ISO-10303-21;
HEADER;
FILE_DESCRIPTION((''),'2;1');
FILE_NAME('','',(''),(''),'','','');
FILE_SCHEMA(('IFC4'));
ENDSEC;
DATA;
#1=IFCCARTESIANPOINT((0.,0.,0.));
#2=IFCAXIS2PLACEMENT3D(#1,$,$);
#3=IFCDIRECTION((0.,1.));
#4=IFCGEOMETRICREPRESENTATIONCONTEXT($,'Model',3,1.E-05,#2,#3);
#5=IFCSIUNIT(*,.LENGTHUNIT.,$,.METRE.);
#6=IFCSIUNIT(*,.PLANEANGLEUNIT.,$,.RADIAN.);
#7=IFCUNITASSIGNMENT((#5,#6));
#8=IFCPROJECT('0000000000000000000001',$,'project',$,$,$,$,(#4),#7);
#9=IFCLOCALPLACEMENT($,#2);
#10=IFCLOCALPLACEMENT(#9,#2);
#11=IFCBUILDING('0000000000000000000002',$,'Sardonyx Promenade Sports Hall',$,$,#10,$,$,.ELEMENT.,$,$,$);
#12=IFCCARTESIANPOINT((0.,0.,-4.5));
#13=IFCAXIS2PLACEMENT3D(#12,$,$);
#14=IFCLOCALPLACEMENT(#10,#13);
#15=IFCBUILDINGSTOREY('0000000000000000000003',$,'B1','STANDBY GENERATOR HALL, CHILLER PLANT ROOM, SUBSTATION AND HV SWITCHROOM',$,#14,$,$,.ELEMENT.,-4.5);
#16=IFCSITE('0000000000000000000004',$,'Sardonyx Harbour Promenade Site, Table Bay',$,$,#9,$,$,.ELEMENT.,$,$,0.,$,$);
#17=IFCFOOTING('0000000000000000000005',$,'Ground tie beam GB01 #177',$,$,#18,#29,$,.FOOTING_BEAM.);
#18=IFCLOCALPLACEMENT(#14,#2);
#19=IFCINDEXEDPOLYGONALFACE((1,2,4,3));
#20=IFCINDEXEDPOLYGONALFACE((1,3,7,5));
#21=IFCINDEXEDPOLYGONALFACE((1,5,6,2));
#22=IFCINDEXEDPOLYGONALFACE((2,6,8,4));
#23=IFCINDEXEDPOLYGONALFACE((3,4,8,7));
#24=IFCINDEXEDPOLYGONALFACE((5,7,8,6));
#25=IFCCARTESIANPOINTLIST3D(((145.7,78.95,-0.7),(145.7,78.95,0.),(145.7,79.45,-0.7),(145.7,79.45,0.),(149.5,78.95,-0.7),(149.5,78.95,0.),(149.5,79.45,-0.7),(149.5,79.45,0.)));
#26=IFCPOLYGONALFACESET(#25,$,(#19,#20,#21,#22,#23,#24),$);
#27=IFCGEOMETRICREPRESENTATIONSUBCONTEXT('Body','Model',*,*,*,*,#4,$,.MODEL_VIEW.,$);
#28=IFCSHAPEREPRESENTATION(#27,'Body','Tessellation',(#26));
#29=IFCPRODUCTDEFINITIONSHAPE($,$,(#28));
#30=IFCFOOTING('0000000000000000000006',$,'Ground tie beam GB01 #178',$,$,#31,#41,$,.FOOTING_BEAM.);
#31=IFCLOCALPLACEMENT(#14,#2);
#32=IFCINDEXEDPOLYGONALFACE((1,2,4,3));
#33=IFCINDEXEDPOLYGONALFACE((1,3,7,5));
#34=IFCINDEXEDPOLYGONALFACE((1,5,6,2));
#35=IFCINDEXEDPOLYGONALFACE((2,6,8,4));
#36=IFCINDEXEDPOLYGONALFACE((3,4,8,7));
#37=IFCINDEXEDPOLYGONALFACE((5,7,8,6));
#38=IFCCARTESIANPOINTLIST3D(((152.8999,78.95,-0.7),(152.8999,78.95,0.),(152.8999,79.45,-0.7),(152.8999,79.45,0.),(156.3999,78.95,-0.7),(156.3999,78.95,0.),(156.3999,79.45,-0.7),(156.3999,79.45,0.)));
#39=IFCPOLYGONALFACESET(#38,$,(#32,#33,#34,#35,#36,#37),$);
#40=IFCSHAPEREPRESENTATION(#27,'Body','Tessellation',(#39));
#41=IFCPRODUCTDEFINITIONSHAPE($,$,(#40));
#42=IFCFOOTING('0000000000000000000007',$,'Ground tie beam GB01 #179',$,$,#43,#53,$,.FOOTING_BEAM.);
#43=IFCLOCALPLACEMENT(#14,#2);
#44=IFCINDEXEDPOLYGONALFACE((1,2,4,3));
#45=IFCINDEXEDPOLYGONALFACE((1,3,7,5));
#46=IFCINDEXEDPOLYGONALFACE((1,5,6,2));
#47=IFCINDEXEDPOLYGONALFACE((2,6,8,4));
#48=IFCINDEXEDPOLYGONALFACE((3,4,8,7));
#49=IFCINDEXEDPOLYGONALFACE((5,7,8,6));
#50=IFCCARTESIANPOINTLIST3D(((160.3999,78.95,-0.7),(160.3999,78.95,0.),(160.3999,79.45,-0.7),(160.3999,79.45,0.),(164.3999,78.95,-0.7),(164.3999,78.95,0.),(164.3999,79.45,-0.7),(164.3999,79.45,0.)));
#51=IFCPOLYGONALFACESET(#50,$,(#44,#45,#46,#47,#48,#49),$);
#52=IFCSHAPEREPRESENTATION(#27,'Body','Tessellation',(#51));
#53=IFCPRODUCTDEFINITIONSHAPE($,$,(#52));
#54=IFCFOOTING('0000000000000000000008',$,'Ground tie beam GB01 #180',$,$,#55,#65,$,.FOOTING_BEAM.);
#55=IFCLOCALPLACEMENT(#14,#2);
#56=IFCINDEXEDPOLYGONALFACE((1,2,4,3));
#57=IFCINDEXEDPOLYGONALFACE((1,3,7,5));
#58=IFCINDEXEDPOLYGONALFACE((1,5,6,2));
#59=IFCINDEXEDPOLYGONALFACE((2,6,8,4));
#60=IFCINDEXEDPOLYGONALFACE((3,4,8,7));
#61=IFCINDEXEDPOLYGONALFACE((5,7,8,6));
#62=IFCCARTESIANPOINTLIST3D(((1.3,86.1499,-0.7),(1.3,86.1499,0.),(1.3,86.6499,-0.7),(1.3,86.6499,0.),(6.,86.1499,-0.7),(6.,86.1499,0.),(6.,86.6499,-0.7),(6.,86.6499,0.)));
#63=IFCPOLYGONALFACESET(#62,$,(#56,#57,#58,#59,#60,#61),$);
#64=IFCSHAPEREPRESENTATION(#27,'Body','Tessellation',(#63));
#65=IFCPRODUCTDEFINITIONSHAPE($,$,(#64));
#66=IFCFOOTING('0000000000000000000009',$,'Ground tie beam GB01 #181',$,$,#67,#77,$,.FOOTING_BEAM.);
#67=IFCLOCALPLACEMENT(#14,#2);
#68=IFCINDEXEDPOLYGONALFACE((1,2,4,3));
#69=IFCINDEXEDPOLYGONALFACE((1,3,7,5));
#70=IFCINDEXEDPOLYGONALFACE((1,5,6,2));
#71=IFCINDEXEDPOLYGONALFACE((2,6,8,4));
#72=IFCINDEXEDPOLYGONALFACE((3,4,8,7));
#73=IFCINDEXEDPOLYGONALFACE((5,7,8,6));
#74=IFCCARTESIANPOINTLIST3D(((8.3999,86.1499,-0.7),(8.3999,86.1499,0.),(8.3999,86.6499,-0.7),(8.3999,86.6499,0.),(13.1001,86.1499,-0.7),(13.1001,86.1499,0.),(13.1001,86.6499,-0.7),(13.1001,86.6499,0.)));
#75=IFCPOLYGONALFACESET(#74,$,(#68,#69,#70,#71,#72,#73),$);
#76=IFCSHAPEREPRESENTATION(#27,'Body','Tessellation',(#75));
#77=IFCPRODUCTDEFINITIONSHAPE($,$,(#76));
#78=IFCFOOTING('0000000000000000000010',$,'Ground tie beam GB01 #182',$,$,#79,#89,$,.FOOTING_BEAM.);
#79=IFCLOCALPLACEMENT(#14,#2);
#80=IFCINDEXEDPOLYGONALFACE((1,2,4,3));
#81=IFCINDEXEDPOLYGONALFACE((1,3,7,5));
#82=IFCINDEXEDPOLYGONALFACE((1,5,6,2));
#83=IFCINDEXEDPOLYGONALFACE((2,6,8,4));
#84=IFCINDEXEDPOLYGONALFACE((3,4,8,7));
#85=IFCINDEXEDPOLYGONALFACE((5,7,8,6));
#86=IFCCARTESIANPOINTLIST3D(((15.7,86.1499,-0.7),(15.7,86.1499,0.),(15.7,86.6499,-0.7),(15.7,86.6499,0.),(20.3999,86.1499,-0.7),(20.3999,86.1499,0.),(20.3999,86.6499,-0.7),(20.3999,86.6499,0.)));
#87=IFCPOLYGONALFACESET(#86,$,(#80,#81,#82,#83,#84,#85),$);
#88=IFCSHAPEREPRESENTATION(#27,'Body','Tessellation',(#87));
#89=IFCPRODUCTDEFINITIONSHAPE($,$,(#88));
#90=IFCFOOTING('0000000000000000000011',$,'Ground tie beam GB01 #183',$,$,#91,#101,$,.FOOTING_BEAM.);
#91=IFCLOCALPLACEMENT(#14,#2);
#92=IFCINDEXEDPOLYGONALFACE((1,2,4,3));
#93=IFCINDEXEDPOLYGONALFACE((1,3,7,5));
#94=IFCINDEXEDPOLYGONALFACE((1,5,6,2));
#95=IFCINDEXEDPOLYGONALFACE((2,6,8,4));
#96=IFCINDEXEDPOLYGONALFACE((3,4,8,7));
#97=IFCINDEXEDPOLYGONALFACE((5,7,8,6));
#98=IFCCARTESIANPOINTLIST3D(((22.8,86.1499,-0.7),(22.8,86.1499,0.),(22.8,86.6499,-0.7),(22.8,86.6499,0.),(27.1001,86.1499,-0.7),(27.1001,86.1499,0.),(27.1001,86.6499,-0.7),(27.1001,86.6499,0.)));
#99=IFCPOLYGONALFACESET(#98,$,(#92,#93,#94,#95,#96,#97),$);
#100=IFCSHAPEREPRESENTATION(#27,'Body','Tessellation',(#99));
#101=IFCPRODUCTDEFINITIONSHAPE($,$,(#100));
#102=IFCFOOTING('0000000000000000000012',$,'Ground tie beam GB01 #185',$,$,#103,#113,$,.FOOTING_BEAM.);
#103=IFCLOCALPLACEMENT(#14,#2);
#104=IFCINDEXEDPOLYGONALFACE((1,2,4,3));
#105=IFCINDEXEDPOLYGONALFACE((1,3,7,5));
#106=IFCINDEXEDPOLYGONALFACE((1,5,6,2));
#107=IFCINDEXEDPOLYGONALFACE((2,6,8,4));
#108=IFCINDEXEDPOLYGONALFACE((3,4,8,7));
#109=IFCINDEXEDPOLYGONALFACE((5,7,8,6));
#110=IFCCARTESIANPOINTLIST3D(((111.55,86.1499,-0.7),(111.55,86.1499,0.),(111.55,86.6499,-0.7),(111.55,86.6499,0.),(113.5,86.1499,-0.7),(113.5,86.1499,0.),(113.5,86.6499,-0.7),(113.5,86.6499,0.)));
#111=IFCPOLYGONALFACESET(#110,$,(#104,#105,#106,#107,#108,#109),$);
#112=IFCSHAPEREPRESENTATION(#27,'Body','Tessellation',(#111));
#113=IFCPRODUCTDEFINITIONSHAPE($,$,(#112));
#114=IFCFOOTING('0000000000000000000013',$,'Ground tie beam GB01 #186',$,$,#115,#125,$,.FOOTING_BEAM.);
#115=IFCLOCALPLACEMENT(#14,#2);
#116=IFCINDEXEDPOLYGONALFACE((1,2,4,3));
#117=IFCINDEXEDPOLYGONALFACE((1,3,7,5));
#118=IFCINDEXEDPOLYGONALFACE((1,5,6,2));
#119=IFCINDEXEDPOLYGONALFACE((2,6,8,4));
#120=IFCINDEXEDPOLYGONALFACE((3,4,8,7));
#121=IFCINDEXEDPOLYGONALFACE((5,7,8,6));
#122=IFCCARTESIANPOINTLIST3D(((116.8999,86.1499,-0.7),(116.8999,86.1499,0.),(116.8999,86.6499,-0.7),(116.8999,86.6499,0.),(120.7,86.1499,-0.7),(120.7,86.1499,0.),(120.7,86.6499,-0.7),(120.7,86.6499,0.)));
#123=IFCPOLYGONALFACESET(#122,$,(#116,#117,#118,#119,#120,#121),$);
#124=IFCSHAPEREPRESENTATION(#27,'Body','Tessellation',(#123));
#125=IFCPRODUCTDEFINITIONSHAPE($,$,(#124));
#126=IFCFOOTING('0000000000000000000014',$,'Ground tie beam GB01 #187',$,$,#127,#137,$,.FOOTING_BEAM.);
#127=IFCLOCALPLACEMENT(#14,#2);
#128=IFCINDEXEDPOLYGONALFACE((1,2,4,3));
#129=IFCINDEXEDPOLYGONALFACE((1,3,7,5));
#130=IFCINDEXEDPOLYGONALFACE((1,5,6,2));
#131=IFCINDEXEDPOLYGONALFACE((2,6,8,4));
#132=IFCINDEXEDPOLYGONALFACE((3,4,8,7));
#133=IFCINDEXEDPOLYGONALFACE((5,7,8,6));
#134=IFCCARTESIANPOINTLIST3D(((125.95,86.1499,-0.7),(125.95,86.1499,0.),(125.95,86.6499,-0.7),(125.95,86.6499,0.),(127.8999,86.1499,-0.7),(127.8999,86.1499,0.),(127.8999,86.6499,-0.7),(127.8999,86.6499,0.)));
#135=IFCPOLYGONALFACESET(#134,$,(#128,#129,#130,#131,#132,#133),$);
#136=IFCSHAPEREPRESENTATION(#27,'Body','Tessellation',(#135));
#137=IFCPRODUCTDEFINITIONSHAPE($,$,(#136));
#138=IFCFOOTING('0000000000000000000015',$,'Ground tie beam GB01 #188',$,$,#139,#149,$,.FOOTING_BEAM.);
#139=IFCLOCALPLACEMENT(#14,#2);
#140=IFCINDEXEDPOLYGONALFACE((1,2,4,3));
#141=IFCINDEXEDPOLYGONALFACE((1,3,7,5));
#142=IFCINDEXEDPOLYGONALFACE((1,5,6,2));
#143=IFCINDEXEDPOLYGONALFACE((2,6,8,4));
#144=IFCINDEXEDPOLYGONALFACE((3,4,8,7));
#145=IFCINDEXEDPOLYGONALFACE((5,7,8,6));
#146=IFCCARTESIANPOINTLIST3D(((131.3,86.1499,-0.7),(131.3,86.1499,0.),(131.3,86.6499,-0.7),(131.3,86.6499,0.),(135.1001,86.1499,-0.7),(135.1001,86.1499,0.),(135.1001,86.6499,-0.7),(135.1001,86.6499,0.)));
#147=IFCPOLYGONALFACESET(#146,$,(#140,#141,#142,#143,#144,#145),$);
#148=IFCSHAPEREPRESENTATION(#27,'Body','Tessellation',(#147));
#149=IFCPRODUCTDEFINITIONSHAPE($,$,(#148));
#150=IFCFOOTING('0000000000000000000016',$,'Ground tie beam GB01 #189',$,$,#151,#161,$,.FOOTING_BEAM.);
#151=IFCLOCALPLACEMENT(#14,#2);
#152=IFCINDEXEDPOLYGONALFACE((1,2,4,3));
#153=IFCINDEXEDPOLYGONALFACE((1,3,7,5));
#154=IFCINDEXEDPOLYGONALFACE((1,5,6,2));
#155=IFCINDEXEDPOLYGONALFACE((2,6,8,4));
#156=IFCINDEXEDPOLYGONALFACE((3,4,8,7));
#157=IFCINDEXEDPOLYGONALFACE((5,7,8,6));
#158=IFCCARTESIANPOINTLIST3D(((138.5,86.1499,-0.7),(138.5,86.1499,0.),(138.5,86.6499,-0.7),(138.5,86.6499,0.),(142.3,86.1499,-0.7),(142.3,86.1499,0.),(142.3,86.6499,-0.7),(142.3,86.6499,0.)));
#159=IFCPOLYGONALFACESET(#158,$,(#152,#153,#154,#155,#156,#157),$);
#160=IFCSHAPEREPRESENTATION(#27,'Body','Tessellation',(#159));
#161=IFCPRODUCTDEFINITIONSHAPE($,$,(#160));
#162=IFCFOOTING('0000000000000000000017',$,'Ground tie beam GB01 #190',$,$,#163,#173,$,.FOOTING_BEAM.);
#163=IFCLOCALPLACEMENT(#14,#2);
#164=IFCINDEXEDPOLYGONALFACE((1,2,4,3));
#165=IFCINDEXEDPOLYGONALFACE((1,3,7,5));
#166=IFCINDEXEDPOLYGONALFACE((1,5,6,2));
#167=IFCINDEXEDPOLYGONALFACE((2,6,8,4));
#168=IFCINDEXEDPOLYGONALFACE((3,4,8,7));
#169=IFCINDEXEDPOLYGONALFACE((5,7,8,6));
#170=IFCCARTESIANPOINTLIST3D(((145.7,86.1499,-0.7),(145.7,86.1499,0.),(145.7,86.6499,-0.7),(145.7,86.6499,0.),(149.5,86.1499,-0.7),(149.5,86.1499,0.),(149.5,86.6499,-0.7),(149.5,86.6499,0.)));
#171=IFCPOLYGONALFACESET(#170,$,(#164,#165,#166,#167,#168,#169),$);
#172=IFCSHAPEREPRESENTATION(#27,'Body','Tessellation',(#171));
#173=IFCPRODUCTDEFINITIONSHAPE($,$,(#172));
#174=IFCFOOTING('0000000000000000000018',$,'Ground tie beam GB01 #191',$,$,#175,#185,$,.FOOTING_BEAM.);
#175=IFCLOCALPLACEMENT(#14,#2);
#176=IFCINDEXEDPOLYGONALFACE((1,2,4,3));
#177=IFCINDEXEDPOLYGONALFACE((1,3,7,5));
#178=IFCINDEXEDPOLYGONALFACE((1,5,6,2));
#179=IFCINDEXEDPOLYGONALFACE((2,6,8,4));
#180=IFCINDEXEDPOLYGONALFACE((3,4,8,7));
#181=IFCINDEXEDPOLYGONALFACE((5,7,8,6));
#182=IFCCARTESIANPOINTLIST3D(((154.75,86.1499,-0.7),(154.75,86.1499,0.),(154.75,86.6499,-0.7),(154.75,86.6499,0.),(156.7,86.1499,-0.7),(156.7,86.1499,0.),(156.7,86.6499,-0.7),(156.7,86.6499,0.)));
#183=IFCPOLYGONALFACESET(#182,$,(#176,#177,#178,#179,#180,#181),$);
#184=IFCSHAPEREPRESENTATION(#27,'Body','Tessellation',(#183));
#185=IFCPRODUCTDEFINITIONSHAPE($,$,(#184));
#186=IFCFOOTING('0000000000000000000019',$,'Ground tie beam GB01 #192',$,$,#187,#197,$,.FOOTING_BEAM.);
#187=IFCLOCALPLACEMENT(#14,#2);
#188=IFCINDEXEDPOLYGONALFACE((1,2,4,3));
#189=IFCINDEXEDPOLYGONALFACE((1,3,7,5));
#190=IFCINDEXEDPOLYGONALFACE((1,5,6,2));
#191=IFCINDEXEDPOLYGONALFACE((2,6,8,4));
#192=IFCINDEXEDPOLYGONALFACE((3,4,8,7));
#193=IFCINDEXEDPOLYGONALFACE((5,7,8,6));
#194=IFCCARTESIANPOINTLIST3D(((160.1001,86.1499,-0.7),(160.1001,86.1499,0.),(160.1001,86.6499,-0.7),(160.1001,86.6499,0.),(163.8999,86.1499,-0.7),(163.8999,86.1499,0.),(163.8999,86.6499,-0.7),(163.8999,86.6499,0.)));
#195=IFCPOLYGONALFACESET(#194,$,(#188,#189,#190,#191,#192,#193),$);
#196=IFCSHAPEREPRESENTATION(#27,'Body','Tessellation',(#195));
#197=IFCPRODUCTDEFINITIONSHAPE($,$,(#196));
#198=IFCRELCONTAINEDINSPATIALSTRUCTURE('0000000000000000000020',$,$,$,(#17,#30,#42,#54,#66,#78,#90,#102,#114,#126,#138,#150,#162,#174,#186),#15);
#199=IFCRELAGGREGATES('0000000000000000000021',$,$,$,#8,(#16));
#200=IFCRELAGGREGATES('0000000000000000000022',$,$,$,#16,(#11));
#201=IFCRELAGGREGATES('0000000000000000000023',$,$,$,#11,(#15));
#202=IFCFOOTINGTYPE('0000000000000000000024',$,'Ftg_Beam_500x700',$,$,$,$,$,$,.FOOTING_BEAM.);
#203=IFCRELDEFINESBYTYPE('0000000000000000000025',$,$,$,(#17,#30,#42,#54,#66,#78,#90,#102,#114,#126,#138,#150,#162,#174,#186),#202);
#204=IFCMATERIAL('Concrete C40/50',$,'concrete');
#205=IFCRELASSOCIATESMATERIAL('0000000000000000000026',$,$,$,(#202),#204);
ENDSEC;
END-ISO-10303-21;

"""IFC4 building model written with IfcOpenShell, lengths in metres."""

from ifc_helpers import new_model, si_unit, direction, frame, origin, place, context, subcontext, project, spatial, polyline, outline, extrude, material, type_object, element, save


model = new_model("IFC4")

# Units and contexts
model_context = context("Model", 3, precision=1e-05, world=origin(), true_north=direction((0.0, 1.0)))
body_context = subcontext(model_context, "Body", "Model", "MODEL_VIEW")
ifc_project = project(units=[si_unit("LENGTHUNIT", "METRE"), si_unit("PLANEANGLEUNIT", "RADIAN")], contexts=[model_context])

# Site, building, storey
site_placement = place(None, origin())
site = spatial("IfcSite", under=ifc_project, at=site_placement, Name="Sardonyx Harbour Promenade Site, Table Bay", CompositionType="ELEMENT", RefElevation=0.0)
building_placement = place(site_placement, origin())
building = spatial("IfcBuilding", under=site, at=building_placement, Name="Sardonyx Promenade Sports Hall", CompositionType="ELEMENT")
storey_placement = place(building_placement, frame((0.0, 0.0, -4.5)))
storey = spatial("IfcBuildingStorey", under=building, at=storey_placement, Name="B1", Description="STANDBY GENERATOR HALL, CHILLER PLANT ROOM, SUBSTATION AND HV SWITCHROOM", CompositionType="ELEMENT", Elevation=-4.5)

# Footings
ifc_material_1 = material(Name="Concrete C40/50", Category="concrete")
footing_type = type_object("IfcFootingType", Name="Ftg_Beam_500x700", PredefinedType="FOOTING_BEAM", material=ifc_material_1)
footing_1_placement = place(storey_placement, frame((0.0, 0.0, -0.7)))
element("IfcFooting", 1, at=footing_1_placement, inside=storey, type_object=footing_type, Name="Ground tie beam GB01 #177", PredefinedType="FOOTING_BEAM", context=body_context, shape_type="SweptSolid", body=[
    extrude(outline(polyline([(145.7, 78.95), (149.5, 78.95), (149.5, 79.45), (145.7, 79.45), (145.7, 78.95)])), origin(), (0.0, 0.0, 1.0), 0.7),
])
footing_2_placement = place(storey_placement, frame((0.0, 0.0, -0.7)))
element("IfcFooting", 2, at=footing_2_placement, inside=storey, type_object=footing_type, Name="Ground tie beam GB01 #178", PredefinedType="FOOTING_BEAM", context=body_context, shape_type="SweptSolid", body=[
    extrude(outline(polyline([(152.8999, 78.95), (156.3999, 78.95), (156.3999, 79.45), (152.8999, 79.45), (152.8999, 78.95)])), origin(), (0.0, 0.0, 1.0), 0.7),
])
footing_3_placement = place(storey_placement, frame((0.0, 0.0, -0.7)))
element("IfcFooting", 3, at=footing_3_placement, inside=storey, type_object=footing_type, Name="Ground tie beam GB01 #179", PredefinedType="FOOTING_BEAM", context=body_context, shape_type="SweptSolid", body=[
    extrude(outline(polyline([(160.3999, 78.95), (164.3999, 78.95), (164.3999, 79.45), (160.3999, 79.45), (160.3999, 78.95)])), origin(), (0.0, 0.0, 1.0), 0.7),
])
footing_4_placement = place(storey_placement, frame((0.0, 0.0, -0.7)))
element("IfcFooting", 4, at=footing_4_placement, inside=storey, type_object=footing_type, Name="Ground tie beam GB01 #180", PredefinedType="FOOTING_BEAM", context=body_context, shape_type="SweptSolid", body=[
    extrude(outline(polyline([(1.3, 86.1499), (6.0, 86.1499), (6.0, 86.6499), (1.3, 86.6499), (1.3, 86.1499)])), origin(), (0.0, 0.0, 1.0), 0.7),
])
footing_5_placement = place(storey_placement, frame((0.0, 0.0, -0.7)))
element("IfcFooting", 5, at=footing_5_placement, inside=storey, type_object=footing_type, Name="Ground tie beam GB01 #181", PredefinedType="FOOTING_BEAM", context=body_context, shape_type="SweptSolid", body=[
    extrude(outline(polyline([(8.3999, 86.1499), (13.1001, 86.1499), (13.1001, 86.6499), (8.3999, 86.6499), (8.3999, 86.1499)])), origin(), (0.0, 0.0, 1.0), 0.7),
])
footing_6_placement = place(storey_placement, frame((0.0, 0.0, -0.7)))
element("IfcFooting", 6, at=footing_6_placement, inside=storey, type_object=footing_type, Name="Ground tie beam GB01 #182", PredefinedType="FOOTING_BEAM", context=body_context, shape_type="SweptSolid", body=[
    extrude(outline(polyline([(15.7, 86.1499), (20.3999, 86.1499), (20.3999, 86.6499), (15.7, 86.6499), (15.7, 86.1499)])), origin(), (0.0, 0.0, 1.0), 0.7),
])
footing_7_placement = place(storey_placement, frame((0.0, 0.0, -0.7)))
element("IfcFooting", 7, at=footing_7_placement, inside=storey, type_object=footing_type, Name="Ground tie beam GB01 #183", PredefinedType="FOOTING_BEAM", context=body_context, shape_type="SweptSolid", body=[
    extrude(outline(polyline([(22.8, 86.1499), (27.1001, 86.1499), (27.1001, 86.6499), (22.8, 86.6499), (22.8, 86.1499)])), origin(), (0.0, 0.0, 1.0), 0.7),
])
footing_8_placement = place(storey_placement, frame((0.0, 0.0, -0.7)))
element("IfcFooting", 8, at=footing_8_placement, inside=storey, type_object=footing_type, Name="Ground tie beam GB01 #185", PredefinedType="FOOTING_BEAM", context=body_context, shape_type="SweptSolid", body=[
    extrude(outline(polyline([(111.55, 86.1499), (113.5, 86.1499), (113.5, 86.6499), (111.55, 86.6499), (111.55, 86.1499)])), origin(), (0.0, 0.0, 1.0), 0.7),
])
footing_9_placement = place(storey_placement, frame((0.0, 0.0, -0.7)))
element("IfcFooting", 9, at=footing_9_placement, inside=storey, type_object=footing_type, Name="Ground tie beam GB01 #186", PredefinedType="FOOTING_BEAM", context=body_context, shape_type="SweptSolid", body=[
    extrude(outline(polyline([(116.8999, 86.1499), (120.7, 86.1499), (120.7, 86.6499), (116.8999, 86.6499), (116.8999, 86.1499)])), origin(), (0.0, 0.0, 1.0), 0.7),
])
footing_10_placement = place(storey_placement, frame((0.0, 0.0, -0.7)))
element("IfcFooting", 10, at=footing_10_placement, inside=storey, type_object=footing_type, Name="Ground tie beam GB01 #187", PredefinedType="FOOTING_BEAM", context=body_context, shape_type="SweptSolid", body=[
    extrude(outline(polyline([(125.95, 86.1499), (127.8999, 86.1499), (127.8999, 86.6499), (125.95, 86.6499), (125.95, 86.1499)])), origin(), (0.0, 0.0, 1.0), 0.7),
])
footing_11_placement = place(storey_placement, frame((0.0, 0.0, -0.7)))
element("IfcFooting", 11, at=footing_11_placement, inside=storey, type_object=footing_type, Name="Ground tie beam GB01 #188", PredefinedType="FOOTING_BEAM", context=body_context, shape_type="SweptSolid", body=[
    extrude(outline(polyline([(131.3, 86.1499), (135.1001, 86.1499), (135.1001, 86.6499), (131.3, 86.6499), (131.3, 86.1499)])), origin(), (0.0, 0.0, 1.0), 0.7),
])
footing_12_placement = place(storey_placement, frame((0.0, 0.0, -0.7)))
element("IfcFooting", 12, at=footing_12_placement, inside=storey, type_object=footing_type, Name="Ground tie beam GB01 #189", PredefinedType="FOOTING_BEAM", context=body_context, shape_type="SweptSolid", body=[
    extrude(outline(polyline([(138.5, 86.1499), (142.3, 86.1499), (142.3, 86.6499), (138.5, 86.6499), (138.5, 86.1499)])), origin(), (0.0, 0.0, 1.0), 0.7),
])
footing_13_placement = place(storey_placement, frame((0.0, 0.0, -0.7)))
element("IfcFooting", 13, at=footing_13_placement, inside=storey, type_object=footing_type, Name="Ground tie beam GB01 #190", PredefinedType="FOOTING_BEAM", context=body_context, shape_type="SweptSolid", body=[
    extrude(outline(polyline([(145.7, 86.1499), (149.5, 86.1499), (149.5, 86.6499), (145.7, 86.6499), (145.7, 86.1499)])), origin(), (0.0, 0.0, 1.0), 0.7),
])
footing_14_placement = place(storey_placement, frame((0.0, 0.0, -0.7)))
element("IfcFooting", 14, at=footing_14_placement, inside=storey, type_object=footing_type, Name="Ground tie beam GB01 #191", PredefinedType="FOOTING_BEAM", context=body_context, shape_type="SweptSolid", body=[
    extrude(outline(polyline([(154.75, 86.1499), (156.7, 86.1499), (156.7, 86.6499), (154.75, 86.6499), (154.75, 86.1499)])), origin(), (0.0, 0.0, 1.0), 0.7),
])
footing_15_placement = place(storey_placement, frame((0.0, 0.0, -0.7)))
element("IfcFooting", 15, at=footing_15_placement, inside=storey, type_object=footing_type, Name="Ground tie beam GB01 #192", PredefinedType="FOOTING_BEAM", context=body_context, shape_type="SweptSolid", body=[
    extrude(outline(polyline([(160.1001, 86.1499), (163.8999, 86.1499), (163.8999, 86.6499), (160.1001, 86.6499), (160.1001, 86.1499)])), origin(), (0.0, 0.0, 1.0), 0.7),
])

save(model, "model.ifc")
